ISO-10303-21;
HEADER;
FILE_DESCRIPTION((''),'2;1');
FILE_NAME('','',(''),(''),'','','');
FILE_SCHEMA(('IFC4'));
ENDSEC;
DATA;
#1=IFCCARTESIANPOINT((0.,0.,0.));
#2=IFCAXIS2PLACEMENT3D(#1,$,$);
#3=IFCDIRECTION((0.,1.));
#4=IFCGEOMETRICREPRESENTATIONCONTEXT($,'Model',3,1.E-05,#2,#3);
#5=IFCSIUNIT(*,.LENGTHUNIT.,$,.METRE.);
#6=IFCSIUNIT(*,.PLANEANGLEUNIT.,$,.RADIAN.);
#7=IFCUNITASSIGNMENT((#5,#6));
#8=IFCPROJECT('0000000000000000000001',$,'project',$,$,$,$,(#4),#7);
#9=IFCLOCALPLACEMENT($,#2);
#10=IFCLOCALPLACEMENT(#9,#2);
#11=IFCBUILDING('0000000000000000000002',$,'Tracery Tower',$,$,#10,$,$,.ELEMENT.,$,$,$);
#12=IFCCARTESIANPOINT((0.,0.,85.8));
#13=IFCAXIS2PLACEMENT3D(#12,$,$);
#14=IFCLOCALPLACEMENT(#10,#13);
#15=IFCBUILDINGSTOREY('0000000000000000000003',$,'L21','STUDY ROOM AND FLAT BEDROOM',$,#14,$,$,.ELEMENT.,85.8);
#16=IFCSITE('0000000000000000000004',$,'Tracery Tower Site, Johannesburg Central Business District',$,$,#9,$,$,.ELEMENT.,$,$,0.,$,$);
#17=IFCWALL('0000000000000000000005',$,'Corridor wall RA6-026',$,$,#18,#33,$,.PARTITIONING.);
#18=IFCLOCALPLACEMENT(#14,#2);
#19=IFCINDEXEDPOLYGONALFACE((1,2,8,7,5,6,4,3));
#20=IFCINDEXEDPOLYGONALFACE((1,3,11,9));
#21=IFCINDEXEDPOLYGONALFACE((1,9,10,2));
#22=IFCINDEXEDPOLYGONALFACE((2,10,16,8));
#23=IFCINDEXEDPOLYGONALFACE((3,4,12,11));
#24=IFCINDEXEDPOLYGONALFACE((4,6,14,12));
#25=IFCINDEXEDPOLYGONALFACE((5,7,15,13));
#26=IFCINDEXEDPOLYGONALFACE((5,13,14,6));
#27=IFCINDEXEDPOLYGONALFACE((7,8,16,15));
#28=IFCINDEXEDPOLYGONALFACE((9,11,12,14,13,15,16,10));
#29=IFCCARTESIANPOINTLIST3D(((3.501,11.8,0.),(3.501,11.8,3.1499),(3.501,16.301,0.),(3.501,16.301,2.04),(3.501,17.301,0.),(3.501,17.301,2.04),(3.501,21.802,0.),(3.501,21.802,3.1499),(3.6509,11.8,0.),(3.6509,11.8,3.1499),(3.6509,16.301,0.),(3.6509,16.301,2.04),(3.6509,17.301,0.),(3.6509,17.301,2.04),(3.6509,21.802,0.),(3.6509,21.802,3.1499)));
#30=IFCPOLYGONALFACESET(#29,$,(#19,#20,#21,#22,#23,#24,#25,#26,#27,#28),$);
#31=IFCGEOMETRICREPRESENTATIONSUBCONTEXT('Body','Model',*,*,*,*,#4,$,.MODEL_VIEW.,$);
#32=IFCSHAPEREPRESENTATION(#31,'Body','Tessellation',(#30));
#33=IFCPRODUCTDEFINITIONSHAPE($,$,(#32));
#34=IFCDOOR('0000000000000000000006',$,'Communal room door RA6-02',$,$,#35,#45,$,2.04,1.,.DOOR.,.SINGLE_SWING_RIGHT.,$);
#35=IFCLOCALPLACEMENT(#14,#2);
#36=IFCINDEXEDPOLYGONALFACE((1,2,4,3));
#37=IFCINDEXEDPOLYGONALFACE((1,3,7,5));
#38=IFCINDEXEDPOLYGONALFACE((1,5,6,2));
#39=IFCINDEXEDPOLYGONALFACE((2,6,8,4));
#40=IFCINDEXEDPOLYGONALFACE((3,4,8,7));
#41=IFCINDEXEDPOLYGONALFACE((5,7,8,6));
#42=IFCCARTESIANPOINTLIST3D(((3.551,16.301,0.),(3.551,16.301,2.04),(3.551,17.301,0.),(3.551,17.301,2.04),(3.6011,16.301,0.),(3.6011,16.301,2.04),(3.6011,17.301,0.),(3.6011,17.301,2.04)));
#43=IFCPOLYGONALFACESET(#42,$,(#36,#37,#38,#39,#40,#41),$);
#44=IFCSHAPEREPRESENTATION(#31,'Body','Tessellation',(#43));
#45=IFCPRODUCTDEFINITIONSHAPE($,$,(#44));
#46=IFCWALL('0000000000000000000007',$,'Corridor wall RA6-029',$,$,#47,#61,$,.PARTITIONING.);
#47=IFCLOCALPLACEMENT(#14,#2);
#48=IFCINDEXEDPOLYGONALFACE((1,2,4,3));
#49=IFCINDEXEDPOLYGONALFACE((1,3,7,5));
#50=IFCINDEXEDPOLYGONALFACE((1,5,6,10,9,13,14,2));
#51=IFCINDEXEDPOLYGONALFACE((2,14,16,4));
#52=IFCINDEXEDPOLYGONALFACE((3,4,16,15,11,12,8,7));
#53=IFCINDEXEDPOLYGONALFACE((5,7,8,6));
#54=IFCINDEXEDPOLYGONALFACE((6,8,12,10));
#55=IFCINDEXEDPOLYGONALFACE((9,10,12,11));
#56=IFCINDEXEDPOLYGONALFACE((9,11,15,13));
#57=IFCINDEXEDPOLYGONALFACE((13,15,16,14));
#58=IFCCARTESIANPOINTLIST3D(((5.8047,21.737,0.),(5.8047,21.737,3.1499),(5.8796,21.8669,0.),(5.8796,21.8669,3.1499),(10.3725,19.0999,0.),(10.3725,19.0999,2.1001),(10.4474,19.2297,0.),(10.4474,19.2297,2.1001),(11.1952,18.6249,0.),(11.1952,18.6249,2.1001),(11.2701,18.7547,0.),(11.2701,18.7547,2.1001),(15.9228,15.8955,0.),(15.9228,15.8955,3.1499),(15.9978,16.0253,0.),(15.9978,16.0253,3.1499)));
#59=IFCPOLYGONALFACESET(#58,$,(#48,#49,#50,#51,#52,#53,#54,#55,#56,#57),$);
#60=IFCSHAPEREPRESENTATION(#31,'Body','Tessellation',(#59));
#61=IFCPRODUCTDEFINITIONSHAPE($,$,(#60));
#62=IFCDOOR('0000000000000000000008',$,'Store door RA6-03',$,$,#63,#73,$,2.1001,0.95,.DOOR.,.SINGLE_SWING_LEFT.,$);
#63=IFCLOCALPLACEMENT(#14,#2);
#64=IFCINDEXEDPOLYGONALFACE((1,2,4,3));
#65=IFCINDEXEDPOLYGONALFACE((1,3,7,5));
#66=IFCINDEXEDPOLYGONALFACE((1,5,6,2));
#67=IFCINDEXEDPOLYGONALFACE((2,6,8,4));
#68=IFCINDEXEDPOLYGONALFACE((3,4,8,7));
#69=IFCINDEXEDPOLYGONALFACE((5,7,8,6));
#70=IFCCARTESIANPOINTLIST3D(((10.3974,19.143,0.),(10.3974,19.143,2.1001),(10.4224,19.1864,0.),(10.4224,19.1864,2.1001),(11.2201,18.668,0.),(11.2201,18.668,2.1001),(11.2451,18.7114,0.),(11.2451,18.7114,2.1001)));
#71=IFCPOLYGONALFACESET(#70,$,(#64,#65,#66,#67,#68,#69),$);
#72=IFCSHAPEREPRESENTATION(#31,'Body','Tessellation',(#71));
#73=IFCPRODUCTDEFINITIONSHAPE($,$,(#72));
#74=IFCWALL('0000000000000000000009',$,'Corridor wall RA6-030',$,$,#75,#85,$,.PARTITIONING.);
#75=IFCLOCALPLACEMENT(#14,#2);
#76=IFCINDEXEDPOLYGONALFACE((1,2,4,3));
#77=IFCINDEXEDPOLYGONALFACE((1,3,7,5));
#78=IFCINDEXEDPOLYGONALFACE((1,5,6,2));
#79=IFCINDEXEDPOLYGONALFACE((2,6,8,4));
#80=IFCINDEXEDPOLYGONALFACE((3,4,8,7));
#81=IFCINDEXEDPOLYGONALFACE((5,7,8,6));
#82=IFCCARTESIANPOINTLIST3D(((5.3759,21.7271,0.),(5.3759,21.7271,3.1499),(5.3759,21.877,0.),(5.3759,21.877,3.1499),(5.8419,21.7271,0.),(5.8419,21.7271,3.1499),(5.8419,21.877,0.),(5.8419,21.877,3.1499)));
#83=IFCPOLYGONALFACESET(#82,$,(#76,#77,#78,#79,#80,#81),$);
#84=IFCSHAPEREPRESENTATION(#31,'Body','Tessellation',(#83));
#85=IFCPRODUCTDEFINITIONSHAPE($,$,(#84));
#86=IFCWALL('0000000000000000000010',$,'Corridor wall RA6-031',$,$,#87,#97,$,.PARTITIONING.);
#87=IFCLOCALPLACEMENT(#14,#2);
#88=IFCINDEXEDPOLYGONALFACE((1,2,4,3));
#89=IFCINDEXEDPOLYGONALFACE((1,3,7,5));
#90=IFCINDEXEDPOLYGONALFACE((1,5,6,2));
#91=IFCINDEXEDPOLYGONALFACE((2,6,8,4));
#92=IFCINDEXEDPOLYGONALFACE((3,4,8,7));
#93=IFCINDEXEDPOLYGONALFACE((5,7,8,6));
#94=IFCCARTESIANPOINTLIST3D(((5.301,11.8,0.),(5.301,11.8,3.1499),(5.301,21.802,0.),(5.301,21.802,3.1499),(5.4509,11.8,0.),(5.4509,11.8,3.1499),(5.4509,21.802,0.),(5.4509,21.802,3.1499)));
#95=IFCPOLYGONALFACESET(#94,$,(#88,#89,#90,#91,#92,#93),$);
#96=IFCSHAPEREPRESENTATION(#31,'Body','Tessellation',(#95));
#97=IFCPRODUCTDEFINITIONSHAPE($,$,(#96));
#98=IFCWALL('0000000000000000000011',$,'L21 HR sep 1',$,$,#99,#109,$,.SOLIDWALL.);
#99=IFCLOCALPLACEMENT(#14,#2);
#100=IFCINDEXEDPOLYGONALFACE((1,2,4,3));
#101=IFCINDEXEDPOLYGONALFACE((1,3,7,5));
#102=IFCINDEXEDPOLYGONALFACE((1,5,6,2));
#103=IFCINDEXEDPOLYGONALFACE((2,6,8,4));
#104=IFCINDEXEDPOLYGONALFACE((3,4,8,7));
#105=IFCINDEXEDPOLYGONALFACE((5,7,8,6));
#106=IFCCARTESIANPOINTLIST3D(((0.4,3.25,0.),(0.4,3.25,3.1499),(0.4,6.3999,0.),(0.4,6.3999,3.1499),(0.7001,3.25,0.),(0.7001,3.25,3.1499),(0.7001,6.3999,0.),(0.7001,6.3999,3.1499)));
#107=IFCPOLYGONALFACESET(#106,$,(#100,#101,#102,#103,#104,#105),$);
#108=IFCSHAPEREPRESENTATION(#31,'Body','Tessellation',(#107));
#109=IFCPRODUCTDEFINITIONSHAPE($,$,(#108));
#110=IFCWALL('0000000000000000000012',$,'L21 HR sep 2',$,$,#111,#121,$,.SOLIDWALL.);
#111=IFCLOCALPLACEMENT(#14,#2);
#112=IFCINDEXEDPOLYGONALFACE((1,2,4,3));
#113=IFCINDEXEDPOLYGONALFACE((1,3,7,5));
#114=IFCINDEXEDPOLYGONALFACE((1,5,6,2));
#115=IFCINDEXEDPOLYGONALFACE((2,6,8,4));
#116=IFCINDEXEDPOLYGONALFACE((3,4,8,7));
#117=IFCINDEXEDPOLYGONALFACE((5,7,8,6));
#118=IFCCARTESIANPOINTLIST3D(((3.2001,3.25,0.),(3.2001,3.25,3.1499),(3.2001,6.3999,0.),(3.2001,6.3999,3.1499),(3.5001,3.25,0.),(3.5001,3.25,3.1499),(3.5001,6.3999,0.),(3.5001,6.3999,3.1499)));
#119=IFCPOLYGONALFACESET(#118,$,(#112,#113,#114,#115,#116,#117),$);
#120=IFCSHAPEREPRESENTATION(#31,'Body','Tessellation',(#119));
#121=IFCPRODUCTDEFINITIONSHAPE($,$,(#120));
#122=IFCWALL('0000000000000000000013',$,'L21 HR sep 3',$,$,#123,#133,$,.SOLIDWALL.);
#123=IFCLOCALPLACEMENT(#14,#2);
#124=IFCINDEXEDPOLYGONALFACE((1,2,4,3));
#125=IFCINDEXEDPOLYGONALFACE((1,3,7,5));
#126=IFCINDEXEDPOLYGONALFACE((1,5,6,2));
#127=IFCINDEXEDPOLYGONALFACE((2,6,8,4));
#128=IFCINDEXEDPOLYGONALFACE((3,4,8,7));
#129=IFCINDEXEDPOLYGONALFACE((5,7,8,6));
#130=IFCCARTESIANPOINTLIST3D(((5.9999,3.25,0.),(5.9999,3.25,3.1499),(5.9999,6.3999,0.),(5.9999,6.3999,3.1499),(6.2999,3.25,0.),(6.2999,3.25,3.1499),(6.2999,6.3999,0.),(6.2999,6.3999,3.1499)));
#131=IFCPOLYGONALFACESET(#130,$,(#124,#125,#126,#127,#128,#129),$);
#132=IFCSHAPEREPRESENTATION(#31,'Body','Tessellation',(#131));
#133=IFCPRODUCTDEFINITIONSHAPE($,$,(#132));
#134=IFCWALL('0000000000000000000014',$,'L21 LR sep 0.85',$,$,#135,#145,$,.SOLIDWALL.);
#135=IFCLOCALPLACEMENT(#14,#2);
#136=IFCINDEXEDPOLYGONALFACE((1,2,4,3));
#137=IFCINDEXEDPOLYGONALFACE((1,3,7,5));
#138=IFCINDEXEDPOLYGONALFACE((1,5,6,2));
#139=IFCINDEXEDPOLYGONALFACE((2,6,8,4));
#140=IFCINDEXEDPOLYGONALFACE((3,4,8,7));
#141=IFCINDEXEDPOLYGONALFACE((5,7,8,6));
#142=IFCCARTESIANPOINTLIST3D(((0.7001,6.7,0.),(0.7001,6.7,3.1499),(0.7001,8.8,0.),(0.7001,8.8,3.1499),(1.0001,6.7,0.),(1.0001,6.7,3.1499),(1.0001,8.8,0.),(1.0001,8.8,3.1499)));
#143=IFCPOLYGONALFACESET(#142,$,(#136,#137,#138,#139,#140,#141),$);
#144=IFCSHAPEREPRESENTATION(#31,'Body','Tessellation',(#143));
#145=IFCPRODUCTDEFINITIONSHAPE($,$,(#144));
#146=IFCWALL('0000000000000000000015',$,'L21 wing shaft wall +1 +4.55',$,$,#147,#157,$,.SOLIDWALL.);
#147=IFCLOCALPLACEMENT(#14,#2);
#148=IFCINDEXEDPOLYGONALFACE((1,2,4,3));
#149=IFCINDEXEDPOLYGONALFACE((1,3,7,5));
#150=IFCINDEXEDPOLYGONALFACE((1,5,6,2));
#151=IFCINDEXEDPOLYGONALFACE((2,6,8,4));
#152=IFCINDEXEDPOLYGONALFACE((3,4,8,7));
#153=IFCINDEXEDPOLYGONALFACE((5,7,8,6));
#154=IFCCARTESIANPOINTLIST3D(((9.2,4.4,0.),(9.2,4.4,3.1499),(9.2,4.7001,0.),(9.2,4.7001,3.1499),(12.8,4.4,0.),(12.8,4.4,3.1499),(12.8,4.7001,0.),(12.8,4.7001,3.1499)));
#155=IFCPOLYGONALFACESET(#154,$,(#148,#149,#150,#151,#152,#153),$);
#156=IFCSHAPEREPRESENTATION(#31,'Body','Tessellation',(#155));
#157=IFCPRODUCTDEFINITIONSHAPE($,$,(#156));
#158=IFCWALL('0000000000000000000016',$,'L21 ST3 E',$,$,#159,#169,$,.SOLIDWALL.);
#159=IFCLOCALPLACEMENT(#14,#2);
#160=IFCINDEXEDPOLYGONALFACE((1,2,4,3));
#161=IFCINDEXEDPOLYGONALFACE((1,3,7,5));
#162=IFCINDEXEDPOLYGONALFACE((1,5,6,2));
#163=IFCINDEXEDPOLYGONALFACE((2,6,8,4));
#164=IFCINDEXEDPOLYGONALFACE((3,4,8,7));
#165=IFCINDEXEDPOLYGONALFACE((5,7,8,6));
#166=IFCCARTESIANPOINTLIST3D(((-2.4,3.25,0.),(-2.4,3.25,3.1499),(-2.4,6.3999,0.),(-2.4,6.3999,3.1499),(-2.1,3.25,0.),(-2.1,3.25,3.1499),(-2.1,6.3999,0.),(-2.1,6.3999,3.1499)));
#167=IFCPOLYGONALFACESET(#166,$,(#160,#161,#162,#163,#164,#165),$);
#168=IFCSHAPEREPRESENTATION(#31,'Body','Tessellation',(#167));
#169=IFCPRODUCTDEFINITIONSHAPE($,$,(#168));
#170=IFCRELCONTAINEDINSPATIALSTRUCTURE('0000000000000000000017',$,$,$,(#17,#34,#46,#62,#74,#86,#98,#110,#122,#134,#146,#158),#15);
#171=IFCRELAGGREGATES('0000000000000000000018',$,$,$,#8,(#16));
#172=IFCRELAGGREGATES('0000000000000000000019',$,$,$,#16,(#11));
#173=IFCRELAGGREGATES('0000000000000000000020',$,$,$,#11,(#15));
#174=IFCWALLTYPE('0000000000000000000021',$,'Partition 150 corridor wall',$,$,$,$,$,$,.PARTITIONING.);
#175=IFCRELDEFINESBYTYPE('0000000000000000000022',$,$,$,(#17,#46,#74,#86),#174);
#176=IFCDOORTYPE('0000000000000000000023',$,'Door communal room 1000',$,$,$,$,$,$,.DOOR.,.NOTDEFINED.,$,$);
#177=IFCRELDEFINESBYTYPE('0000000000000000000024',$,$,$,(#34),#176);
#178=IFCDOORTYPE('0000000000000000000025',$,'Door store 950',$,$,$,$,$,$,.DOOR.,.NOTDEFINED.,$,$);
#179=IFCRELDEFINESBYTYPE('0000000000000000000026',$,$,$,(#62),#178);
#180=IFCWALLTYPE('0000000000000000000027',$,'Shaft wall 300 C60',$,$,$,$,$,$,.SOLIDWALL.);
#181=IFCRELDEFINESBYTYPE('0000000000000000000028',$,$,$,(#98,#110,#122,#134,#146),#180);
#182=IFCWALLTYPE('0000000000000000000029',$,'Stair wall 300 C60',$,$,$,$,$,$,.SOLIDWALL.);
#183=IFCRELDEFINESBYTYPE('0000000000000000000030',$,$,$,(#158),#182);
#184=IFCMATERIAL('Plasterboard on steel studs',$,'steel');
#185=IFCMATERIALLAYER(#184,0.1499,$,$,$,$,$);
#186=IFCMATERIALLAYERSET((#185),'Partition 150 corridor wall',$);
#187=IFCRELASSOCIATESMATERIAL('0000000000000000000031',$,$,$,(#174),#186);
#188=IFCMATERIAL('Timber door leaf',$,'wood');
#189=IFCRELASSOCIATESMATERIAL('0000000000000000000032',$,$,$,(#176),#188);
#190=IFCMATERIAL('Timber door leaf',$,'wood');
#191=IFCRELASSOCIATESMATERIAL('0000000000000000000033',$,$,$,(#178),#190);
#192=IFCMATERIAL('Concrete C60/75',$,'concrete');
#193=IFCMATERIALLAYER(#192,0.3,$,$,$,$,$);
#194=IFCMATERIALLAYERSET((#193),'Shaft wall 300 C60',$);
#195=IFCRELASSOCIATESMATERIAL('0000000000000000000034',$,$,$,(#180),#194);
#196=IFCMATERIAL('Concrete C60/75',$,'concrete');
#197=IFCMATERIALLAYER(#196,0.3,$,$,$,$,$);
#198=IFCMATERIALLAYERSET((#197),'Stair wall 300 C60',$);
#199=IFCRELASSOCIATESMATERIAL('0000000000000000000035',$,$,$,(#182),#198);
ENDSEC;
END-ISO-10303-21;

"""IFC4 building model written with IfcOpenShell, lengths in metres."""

from ifc_helpers import new_model, si_unit, direction, frame, frame_2d, origin, place, context, subcontext, project, spatial, rectangle, extrude, material, layer, layer_set, type_object, element, fill, save


model = new_model("IFC4")

# Units and contexts
model_context = context("Model", 3, precision=1e-05, world=origin(), true_north=direction((0.0, 1.0)))
body_context = subcontext(model_context, "Body", "Model", "MODEL_VIEW")
ifc_project = project(units=[si_unit("LENGTHUNIT", "METRE"), si_unit("PLANEANGLEUNIT", "RADIAN")], contexts=[model_context])

# Site, building, storey
site_placement = place(None, origin())
site = spatial("IfcSite", under=ifc_project, at=site_placement, Name="Tracery Tower Site, Johannesburg Central Business District", CompositionType="ELEMENT", RefElevation=0.0)
building_placement = place(site_placement, origin())
building = spatial("IfcBuilding", under=site, at=building_placement, Name="Tracery Tower", CompositionType="ELEMENT")
storey_placement = place(building_placement, frame((0.0, 0.0, 85.8)))
storey = spatial("IfcBuildingStorey", under=building, at=storey_placement, Name="L21", Description="STUDY ROOM AND FLAT BEDROOM", CompositionType="ELEMENT", Elevation=85.8)

# Shared definitions
ifc_material_1 = material(Name="Plasterboard on steel studs", Category="steel")
ifc_layer_1 = layer(ifc_material_1, 0.1499)
ifc_layer_set_1 = layer_set([ifc_layer_1], Name="Partition 150 corridor wall")
wall_type_1 = type_object("IfcWallType", Name="Partition 150 corridor wall", PredefinedType="PARTITIONING", material=ifc_layer_set_1)

# Walls, openings, doors
wall_1_placement = place(storey_placement, frame((3.5759, 11.8, 0.0), z_axis=(0.0, 0.0, 1.0), x_axis=(0.0, 1.0, 0.0)))
wall_1 = element("IfcWall", 1, at=wall_1_placement, inside=storey, type_object=wall_type_1, Name="Corridor wall RA6-026", PredefinedType="PARTITIONING", context=body_context, shape_type="SweptSolid", body=[
    extrude(rectangle(XDim=10.002, YDim=0.1499, at=frame_2d((5.001, 0.0))), origin(), (0.0, 0.0, 1.0), 3.1499),
])
opening_1_placement = place(wall_1_placement, frame((4.501, 0.0, 0.0)))
opening_1 = element("IfcOpeningElement", 2, at=opening_1_placement, cuts=wall_1, PredefinedType="OPENING", context=body_context, shape_type="SweptSolid", body=[
    extrude(rectangle(XDim=1.0, YDim=2.04, at=frame_2d((0.5, 1.02))), frame((0.0, 0.075, 0.0), z_axis=(0.0, -1.0, 0.0), x_axis=(1.0, 0.0, 0.0)), (0.0, 0.0, 1.0), 0.1499),
])
ifc_material_2 = material(Name="Timber door leaf", Category="wood")
door_type_1 = type_object("IfcDoorType", Name="Door communal room 1000", OperationType="NOTDEFINED", PredefinedType="DOOR", material=ifc_material_2)
door_1_placement = place(opening_1_placement, origin())
door_1 = element("IfcDoor", 3, at=door_1_placement, inside=storey, type_object=door_type_1, Name="Communal room door RA6-02", OperationType="SINGLE_SWING_RIGHT", OverallHeight=2.04, OverallWidth=1.0, PredefinedType="DOOR", context=body_context, shape_type="SweptSolid", body=[
    extrude(rectangle(XDim=1.0, YDim=2.04, at=frame_2d((0.5, 1.02))), frame((0.0, 0.0249, 0.0), z_axis=(0.0, -1.0, 0.0), x_axis=(1.0, 0.0, 0.0)), (0.0, 0.0, 1.0), 0.05),
])
fill(opening_1, door_1)
wall_2_placement = place(storey_placement, frame((5.842, 21.802, 0.0), z_axis=(0.0, 0.0, 1.0), x_axis=(0.866032, -0.499989, 0.0)))
wall_2 = element("IfcWall", 4, at=wall_2_placement, inside=storey, type_object=wall_type_1, Name="Corridor wall RA6-029", PredefinedType="PARTITIONING", context=body_context, shape_type="SweptSolid", body=[
    extrude(rectangle(XDim=11.6833, YDim=0.1499, at=frame_2d((5.8418, 0.0))), origin(), (0.0, 0.0, 1.0), 3.1499),
])
opening_2_placement = place(wall_2_placement, frame((5.2744, 0.0, 0.0)))
opening_2 = element("IfcOpeningElement", 5, at=opening_2_placement, cuts=wall_2, PredefinedType="OPENING", context=body_context, shape_type="SweptSolid", body=[
    extrude(rectangle(XDim=0.95, YDim=2.1001, at=frame_2d((0.4751, 1.05))), frame((0.0, 0.075, 0.0), z_axis=(0.0, -1.0, 0.0), x_axis=(1.0, 0.0, 0.0)), (0.0, 0.0, 1.0), 0.1499),
])
ifc_material_3 = material(Name="Timber door leaf", Category="wood")
door_type_2 = type_object("IfcDoorType", Name="Door store 950", OperationType="NOTDEFINED", PredefinedType="DOOR", material=ifc_material_3)
door_2_placement = place(opening_2_placement, origin())
door_2 = element("IfcDoor", 6, at=door_2_placement, inside=storey, type_object=door_type_2, Name="Store door RA6-03", OperationType="SINGLE_SWING_LEFT", OverallHeight=2.1001, OverallWidth=0.95, PredefinedType="DOOR", context=body_context, shape_type="SweptSolid", body=[
    extrude(rectangle(XDim=0.95, YDim=2.1001, at=frame_2d((0.4751, 1.05))), frame((0.0, 0.0249, 0.0), z_axis=(0.0, -1.0, 0.0), x_axis=(1.0, 0.0, 0.0)), (0.0, 0.0, 1.0), 0.05),
])
fill(opening_2, door_2)

# Walls
wall_3_placement = place(storey_placement, frame((5.376, 21.802, 0.0), z_axis=(0.0, 0.0, 1.0), x_axis=(1.0, 0.0, 0.0)))
element("IfcWall", 7, at=wall_3_placement, inside=storey, type_object=wall_type_1, Name="Corridor wall RA6-030", PredefinedType="PARTITIONING", context=body_context, shape_type="SweptSolid", body=[
    extrude(rectangle(XDim=0.4661, YDim=0.1499, at=frame_2d((0.2329, 0.0))), origin(), (0.0, 0.0, 1.0), 3.1499),
])
wall_4_placement = place(storey_placement, frame((5.376, 11.8, 0.0), z_axis=(0.0, 0.0, 1.0), x_axis=(0.0, 1.0, 0.0)))
element("IfcWall", 8, at=wall_4_placement, inside=storey, type_object=wall_type_1, Name="Corridor wall RA6-031", PredefinedType="PARTITIONING", context=body_context, shape_type="SweptSolid", body=[
    extrude(rectangle(XDim=10.002, YDim=0.1499, at=frame_2d((5.001, 0.0))), origin(), (0.0, 0.0, 1.0), 3.1499),
])
ifc_material_4 = material(Name="Concrete C60/75", Category="concrete")
ifc_layer_2 = layer(ifc_material_4, 0.3)
ifc_layer_set_2 = layer_set([ifc_layer_2], Name="Shaft wall 300 C60")
wall_type_2 = type_object("IfcWallType", Name="Shaft wall 300 C60", PredefinedType="SOLIDWALL", material=ifc_layer_set_2)
for number, where, z_axis, x_axis, name in (
    (9, (0.55, 3.25, 0.0), (0.0, 0.0, 1.0), (0.0, 1.0, 0.0), "L21 HR sep 1"),
    (10, (3.3501, 3.25, 0.0), (0.0, 0.0, 1.0), (0.0, 1.0, 0.0), "L21 HR sep 2"),
    (11, (6.1499, 3.25, 0.0), (0.0, 0.0, 1.0), (0.0, 1.0, 0.0), "L21 HR sep 3"),
):
    element("IfcWall", number, at=place(storey_placement, frame(where, z_axis=z_axis, x_axis=x_axis)), inside=storey, type_object=wall_type_2, Name=name, PredefinedType="SOLIDWALL", context=body_context, shape_type="SweptSolid", body=[
        extrude(rectangle(XDim=3.1499, YDim=0.3, at=frame_2d((1.575, 0.0))), origin(), (0.0, 0.0, 1.0), 3.1499),
    ])
wall_5_placement = place(storey_placement, frame((0.8501, 6.7, 0.0), z_axis=(0.0, 0.0, 1.0), x_axis=(0.0, 1.0, 0.0)))
element("IfcWall", 12, at=wall_5_placement, inside=storey, type_object=wall_type_2, Name="L21 LR sep 0.85", PredefinedType="SOLIDWALL", context=body_context, shape_type="SweptSolid", body=[
    extrude(rectangle(XDim=2.1001, YDim=0.3, at=frame_2d((1.05, 0.0))), origin(), (0.0, 0.0, 1.0), 3.1499),
])
wall_6_placement = place(storey_placement, frame((9.2, 4.55, 0.0), z_axis=(0.0, 0.0, 1.0), x_axis=(1.0, 0.0, 0.0)))
element("IfcWall", 13, at=wall_6_placement, inside=storey, type_object=wall_type_2, Name="L21 wing shaft wall +1 +4.55", PredefinedType="SOLIDWALL", context=body_context, shape_type="SweptSolid", body=[
    extrude(rectangle(XDim=3.6001, YDim=0.3, at=frame_2d((1.8, 0.0))), origin(), (0.0, 0.0, 1.0), 3.1499),
])
ifc_material_5 = material(Name="Concrete C60/75", Category="concrete")
ifc_layer_3 = layer(ifc_material_5, 0.3)
ifc_layer_set_3 = layer_set([ifc_layer_3], Name="Stair wall 300 C60")
wall_type_3 = type_object("IfcWallType", Name="Stair wall 300 C60", PredefinedType="SOLIDWALL", material=ifc_layer_set_3)
wall_7_placement = place(storey_placement, frame((-2.25, 3.25, 0.0), z_axis=(0.0, 0.0, 1.0), x_axis=(0.0, 1.0, 0.0)))
element("IfcWall", 14, at=wall_7_placement, inside=storey, type_object=wall_type_3, Name="L21 ST3 E", PredefinedType="SOLIDWALL", context=body_context, shape_type="SweptSolid", body=[
    extrude(rectangle(XDim=3.1499, YDim=0.3, at=frame_2d((1.575, 0.0))), origin(), (0.0, 0.0, 1.0), 3.1499),
])

save(model, "model.ifc")
